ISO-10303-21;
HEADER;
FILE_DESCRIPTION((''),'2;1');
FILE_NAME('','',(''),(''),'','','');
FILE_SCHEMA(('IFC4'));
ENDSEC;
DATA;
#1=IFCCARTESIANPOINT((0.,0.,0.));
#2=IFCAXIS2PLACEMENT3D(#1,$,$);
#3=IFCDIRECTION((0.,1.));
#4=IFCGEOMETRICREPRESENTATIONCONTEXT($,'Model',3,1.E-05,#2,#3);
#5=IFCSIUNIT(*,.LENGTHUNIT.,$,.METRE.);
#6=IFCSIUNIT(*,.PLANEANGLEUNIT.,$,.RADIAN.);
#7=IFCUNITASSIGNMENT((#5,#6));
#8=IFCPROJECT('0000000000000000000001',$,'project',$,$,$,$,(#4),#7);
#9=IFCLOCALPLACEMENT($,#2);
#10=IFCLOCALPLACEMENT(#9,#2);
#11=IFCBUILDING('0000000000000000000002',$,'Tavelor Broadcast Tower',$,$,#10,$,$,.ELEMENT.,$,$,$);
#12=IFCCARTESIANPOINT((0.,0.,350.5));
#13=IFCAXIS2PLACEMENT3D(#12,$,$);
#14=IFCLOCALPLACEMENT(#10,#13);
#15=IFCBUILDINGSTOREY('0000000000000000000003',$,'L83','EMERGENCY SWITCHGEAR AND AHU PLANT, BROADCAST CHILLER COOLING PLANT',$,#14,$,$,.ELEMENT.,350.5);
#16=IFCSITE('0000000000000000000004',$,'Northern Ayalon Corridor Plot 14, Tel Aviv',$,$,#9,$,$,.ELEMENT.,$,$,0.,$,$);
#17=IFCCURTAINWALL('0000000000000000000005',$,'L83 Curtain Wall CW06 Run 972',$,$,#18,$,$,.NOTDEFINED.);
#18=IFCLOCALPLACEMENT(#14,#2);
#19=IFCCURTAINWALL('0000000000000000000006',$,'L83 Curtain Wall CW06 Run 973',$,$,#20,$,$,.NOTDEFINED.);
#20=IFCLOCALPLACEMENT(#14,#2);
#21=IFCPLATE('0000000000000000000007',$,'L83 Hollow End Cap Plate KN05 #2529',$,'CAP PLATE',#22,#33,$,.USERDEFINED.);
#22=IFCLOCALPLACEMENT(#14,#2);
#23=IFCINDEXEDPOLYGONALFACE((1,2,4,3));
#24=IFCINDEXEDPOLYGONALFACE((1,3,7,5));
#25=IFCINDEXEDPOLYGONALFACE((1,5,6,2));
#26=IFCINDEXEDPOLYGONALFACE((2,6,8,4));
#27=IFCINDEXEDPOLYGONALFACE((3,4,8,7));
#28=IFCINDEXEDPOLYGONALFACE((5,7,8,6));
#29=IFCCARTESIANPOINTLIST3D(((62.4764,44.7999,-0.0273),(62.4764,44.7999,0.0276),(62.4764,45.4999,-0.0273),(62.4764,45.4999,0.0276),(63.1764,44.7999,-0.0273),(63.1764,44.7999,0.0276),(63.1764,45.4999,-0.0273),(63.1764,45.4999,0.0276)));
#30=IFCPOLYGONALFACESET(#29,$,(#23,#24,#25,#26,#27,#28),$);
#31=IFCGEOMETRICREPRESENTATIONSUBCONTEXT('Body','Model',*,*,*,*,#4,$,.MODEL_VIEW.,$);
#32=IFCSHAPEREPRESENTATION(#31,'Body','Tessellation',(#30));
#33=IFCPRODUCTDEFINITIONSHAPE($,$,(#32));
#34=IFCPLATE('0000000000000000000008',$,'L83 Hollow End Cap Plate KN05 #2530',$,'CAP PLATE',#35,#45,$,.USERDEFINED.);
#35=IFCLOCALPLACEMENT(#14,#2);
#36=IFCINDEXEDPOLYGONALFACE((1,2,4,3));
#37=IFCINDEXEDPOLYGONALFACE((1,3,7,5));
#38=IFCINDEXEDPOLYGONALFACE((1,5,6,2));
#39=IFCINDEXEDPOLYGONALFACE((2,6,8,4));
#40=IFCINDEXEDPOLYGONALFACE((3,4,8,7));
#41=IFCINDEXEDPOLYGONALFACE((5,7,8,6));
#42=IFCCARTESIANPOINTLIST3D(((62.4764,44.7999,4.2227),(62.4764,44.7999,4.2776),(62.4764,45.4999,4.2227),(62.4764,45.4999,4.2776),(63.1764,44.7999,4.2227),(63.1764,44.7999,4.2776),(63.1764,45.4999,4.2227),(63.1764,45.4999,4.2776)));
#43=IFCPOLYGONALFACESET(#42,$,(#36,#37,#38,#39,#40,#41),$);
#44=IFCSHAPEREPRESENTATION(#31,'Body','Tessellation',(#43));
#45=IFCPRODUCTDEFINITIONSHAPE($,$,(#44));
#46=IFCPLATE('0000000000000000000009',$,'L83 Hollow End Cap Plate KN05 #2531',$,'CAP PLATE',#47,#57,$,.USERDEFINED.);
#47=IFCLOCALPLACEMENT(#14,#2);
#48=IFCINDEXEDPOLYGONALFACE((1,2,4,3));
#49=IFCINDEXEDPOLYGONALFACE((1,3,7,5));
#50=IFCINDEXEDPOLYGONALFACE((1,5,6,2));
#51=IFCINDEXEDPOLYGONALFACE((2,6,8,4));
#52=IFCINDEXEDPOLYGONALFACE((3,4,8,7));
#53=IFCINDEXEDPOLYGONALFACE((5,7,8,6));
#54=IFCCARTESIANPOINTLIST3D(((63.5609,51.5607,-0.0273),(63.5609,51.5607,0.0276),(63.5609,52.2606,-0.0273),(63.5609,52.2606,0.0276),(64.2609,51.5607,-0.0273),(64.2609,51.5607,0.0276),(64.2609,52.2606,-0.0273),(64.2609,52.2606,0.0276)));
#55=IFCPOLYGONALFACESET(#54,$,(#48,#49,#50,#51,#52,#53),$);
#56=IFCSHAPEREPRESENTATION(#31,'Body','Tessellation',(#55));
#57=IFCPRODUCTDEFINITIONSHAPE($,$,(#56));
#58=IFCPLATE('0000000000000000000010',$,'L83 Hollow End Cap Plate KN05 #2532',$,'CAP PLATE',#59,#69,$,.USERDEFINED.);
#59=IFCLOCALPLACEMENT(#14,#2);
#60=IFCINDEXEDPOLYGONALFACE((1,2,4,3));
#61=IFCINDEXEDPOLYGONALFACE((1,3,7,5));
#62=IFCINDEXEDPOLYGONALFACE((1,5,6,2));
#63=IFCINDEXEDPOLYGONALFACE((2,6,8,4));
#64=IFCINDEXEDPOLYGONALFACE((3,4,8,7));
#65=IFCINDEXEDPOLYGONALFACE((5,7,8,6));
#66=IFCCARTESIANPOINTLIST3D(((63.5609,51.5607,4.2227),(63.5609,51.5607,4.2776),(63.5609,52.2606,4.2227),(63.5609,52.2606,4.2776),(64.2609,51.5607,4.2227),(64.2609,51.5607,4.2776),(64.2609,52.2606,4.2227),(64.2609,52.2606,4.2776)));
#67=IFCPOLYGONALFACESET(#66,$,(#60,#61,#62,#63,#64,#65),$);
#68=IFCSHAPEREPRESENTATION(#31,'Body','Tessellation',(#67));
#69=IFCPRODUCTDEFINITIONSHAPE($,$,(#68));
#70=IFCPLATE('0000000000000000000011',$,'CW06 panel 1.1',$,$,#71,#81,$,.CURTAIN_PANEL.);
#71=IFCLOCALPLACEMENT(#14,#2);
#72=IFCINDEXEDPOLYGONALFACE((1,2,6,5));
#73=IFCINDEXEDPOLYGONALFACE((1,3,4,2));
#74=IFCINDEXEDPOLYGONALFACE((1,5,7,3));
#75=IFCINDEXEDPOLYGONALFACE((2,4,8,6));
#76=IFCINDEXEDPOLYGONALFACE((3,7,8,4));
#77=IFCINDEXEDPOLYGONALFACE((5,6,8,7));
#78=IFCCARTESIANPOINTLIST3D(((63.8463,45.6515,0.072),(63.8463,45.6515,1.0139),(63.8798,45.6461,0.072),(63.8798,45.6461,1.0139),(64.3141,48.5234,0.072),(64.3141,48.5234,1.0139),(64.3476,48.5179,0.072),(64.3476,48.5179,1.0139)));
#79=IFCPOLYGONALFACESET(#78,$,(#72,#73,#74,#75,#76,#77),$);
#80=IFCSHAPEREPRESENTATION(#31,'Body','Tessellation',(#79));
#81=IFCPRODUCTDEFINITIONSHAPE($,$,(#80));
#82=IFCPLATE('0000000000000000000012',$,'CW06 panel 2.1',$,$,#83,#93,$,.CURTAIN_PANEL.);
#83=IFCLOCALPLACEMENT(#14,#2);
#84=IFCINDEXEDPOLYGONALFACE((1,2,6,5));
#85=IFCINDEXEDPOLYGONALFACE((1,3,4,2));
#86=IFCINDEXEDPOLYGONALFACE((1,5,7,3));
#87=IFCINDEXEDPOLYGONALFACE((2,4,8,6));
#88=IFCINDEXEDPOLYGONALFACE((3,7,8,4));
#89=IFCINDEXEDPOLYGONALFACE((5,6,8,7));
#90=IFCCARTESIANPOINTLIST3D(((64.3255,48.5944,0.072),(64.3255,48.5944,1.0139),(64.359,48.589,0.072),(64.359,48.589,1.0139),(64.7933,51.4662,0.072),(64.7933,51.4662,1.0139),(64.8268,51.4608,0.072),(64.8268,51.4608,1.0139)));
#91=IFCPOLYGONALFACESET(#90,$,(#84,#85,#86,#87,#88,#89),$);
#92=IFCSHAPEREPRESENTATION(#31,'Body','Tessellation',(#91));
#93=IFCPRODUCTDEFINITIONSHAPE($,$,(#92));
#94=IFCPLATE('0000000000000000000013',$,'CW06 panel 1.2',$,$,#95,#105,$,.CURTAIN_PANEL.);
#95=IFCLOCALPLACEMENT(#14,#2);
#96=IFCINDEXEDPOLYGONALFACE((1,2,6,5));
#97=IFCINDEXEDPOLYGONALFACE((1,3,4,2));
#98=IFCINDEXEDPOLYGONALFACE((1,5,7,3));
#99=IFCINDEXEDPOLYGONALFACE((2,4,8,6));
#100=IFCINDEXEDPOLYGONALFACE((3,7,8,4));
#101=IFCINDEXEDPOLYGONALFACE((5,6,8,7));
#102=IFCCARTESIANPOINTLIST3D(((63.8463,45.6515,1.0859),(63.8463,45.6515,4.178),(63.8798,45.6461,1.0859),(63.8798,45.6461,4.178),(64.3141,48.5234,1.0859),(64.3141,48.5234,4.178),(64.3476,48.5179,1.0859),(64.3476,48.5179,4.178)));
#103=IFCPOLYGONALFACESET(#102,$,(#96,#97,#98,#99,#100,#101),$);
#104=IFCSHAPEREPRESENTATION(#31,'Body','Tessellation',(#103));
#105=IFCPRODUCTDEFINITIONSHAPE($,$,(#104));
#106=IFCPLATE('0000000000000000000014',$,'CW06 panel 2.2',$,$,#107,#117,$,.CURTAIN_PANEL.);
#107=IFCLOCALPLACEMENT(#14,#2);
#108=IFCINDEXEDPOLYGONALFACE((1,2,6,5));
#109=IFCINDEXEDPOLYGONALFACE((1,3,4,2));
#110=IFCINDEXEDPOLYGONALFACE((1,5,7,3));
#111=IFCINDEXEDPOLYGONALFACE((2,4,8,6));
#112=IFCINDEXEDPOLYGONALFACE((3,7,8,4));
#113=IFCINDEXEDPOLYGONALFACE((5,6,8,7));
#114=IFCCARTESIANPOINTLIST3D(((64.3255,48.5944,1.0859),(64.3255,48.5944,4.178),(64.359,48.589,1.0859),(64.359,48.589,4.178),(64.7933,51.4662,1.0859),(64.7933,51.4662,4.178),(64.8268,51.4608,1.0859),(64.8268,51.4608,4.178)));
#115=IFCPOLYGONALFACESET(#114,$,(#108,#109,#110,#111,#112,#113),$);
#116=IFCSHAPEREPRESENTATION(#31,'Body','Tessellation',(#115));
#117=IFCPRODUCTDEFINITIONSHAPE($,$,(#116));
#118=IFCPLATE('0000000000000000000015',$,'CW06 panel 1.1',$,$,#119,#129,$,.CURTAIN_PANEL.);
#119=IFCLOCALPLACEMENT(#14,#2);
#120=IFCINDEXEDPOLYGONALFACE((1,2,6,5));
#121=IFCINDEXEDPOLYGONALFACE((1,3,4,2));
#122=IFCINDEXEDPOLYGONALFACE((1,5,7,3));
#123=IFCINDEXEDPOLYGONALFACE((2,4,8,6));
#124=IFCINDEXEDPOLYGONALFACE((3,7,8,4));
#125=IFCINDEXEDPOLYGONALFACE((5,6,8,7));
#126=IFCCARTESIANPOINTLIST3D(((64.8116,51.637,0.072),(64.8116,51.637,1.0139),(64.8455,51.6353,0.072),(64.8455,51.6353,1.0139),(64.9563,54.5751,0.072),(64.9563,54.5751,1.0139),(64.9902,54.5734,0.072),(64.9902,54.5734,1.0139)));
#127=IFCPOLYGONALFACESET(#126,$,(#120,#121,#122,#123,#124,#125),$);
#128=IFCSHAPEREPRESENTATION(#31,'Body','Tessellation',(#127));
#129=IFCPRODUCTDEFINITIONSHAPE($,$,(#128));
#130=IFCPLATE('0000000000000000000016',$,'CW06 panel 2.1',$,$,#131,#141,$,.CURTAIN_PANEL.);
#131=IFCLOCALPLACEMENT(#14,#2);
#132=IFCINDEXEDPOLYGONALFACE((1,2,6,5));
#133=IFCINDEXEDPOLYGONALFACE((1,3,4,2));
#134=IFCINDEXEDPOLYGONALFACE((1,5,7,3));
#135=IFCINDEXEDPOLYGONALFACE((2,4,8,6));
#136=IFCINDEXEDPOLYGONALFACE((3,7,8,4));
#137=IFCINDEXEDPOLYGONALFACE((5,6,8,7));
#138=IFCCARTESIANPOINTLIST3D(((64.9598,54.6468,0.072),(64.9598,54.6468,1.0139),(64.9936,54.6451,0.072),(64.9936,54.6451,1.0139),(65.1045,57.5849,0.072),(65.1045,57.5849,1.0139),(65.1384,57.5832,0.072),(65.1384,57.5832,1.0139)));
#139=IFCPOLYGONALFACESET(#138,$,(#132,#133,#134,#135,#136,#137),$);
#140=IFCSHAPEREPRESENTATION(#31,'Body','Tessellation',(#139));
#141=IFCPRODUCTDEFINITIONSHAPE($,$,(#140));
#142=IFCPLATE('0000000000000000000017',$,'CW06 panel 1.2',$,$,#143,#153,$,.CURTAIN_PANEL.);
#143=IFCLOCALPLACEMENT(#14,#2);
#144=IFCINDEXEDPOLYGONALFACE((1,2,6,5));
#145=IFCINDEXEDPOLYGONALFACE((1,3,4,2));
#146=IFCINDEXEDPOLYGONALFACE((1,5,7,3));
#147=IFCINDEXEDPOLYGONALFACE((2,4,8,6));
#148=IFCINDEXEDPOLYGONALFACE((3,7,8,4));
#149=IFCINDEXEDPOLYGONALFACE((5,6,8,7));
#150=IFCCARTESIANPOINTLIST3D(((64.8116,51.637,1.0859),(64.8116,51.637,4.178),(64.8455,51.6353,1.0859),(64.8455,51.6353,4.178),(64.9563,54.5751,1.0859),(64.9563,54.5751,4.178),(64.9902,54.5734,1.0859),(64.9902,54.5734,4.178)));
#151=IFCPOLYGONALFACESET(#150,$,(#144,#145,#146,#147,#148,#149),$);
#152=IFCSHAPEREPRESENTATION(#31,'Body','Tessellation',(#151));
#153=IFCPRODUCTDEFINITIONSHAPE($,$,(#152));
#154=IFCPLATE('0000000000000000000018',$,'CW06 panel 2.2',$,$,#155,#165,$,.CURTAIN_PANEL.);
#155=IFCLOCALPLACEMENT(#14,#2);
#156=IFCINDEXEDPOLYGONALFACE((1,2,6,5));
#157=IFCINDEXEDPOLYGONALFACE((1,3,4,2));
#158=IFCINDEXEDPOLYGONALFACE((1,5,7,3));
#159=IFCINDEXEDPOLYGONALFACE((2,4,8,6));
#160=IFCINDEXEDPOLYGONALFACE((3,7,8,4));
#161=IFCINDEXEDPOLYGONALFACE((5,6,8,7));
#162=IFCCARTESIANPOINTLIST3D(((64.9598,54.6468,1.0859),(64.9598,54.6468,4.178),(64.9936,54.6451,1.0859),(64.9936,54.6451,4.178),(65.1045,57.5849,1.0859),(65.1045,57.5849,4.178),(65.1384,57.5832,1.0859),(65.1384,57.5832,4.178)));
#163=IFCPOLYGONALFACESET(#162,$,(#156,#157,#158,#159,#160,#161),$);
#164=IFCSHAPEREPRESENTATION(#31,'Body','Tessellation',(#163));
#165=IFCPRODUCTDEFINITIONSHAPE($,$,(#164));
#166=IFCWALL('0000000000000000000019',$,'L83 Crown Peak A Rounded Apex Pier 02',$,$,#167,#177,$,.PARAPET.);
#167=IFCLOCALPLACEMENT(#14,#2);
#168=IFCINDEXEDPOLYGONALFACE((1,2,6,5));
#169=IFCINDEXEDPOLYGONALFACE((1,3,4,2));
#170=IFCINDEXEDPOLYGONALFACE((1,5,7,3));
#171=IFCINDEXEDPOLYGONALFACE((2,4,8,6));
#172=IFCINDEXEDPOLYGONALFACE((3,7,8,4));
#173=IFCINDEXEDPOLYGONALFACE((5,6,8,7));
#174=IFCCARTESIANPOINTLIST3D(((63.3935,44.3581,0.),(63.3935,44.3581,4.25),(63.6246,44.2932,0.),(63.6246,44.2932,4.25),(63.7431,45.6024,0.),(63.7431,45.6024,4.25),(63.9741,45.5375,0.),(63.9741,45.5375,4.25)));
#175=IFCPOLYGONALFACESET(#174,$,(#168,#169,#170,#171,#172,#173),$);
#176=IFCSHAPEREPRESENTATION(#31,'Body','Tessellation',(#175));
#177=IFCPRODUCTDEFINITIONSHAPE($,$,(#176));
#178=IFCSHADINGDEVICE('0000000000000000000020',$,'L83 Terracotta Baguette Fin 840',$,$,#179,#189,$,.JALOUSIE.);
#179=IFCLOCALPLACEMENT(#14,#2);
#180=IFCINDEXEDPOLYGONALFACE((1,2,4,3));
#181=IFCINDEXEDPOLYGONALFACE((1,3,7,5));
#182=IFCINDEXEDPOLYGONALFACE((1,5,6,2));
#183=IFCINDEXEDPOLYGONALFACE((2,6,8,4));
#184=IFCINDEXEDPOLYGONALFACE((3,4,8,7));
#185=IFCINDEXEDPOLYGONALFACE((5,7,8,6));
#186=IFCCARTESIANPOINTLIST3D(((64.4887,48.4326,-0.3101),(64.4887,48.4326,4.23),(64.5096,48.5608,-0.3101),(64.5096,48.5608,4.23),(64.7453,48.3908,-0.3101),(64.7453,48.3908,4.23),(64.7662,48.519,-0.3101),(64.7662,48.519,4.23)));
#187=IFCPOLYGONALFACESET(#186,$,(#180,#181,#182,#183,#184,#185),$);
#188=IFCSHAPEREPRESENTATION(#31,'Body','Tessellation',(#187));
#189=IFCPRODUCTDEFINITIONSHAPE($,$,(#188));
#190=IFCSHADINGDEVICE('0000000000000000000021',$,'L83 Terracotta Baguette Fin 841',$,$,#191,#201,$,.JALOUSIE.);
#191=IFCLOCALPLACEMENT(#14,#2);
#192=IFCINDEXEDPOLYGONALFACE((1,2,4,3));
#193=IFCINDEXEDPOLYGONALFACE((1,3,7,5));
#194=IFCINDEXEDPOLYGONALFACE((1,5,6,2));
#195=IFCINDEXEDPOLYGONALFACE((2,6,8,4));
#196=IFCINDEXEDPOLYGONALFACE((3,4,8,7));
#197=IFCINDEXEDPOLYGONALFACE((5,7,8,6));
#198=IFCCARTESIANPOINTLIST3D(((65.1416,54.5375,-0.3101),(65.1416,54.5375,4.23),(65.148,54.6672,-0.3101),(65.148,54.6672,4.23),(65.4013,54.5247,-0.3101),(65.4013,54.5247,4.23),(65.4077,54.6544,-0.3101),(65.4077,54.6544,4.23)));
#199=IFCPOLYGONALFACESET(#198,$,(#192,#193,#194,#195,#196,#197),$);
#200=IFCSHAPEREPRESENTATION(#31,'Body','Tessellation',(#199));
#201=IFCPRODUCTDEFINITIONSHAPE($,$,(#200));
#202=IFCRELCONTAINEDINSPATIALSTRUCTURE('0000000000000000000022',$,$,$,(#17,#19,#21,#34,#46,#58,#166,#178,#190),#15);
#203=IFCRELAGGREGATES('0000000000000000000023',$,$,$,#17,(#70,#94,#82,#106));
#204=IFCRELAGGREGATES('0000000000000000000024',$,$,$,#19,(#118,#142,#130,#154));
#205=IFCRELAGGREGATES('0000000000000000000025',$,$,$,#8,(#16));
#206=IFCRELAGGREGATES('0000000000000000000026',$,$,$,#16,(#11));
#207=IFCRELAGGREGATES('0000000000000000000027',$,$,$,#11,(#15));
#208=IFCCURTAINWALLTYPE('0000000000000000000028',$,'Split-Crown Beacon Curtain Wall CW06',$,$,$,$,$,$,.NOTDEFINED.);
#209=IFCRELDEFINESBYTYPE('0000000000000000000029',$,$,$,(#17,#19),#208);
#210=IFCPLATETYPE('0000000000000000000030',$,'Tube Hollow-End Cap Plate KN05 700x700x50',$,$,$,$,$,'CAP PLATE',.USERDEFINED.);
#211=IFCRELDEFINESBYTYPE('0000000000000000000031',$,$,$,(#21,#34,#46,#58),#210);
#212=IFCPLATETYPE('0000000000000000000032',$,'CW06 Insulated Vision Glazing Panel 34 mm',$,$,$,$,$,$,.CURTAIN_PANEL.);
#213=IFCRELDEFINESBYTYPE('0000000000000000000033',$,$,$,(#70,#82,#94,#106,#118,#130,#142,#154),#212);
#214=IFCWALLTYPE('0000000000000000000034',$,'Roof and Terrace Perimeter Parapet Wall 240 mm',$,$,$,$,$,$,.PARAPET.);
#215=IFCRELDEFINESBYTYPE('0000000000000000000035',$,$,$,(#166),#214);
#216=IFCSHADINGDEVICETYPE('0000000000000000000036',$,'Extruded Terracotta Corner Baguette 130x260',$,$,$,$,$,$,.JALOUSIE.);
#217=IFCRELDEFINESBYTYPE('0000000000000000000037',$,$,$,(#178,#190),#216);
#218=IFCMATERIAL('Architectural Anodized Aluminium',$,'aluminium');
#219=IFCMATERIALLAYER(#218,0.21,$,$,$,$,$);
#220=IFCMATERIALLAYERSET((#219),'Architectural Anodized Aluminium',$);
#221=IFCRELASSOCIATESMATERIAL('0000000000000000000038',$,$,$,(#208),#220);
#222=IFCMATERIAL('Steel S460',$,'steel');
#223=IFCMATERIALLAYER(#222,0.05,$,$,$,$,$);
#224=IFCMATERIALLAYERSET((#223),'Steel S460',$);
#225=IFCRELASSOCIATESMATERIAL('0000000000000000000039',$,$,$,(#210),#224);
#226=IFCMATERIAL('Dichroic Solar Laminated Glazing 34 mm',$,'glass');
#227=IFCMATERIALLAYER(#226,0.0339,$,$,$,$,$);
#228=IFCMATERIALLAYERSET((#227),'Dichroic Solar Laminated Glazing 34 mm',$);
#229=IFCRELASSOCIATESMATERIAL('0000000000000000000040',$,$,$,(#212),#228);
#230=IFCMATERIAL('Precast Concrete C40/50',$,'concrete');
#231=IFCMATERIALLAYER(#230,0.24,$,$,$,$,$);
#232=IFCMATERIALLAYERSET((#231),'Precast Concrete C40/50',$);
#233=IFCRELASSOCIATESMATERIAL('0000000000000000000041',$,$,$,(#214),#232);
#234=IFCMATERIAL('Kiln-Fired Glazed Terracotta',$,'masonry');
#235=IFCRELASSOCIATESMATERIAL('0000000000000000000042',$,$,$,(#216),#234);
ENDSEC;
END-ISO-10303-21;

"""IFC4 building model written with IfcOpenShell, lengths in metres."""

from ifc_helpers import new_model, si_unit, direction, frame, frame_2d, origin, origin_2d, place, context, subcontext, project, spatial, rectangle, extrude, source, transform, mapped, material, layer, layer_set, type_object, type_shapes, element, aggregate, save


model = new_model("IFC4")

# Units and contexts
model_context = context("Model", 3, precision=1e-05, world=origin(), true_north=direction((0.0, 1.0)))
body_context = subcontext(model_context, "Body", "Model", "MODEL_VIEW")
ifc_project = project(units=[si_unit("LENGTHUNIT", "METRE"), si_unit("PLANEANGLEUNIT", "RADIAN")], contexts=[model_context])

# Site, building, storey
site_placement = place(None, origin())
site = spatial("IfcSite", under=ifc_project, at=site_placement, Name="Northern Ayalon Corridor Plot 14, Tel Aviv", CompositionType="ELEMENT", RefElevation=0.0)
building_placement = place(site_placement, origin())
building = spatial("IfcBuilding", under=site, at=building_placement, Name="Tavelor Broadcast Tower", CompositionType="ELEMENT")
storey_placement = place(building_placement, frame((0.0, 0.0, 350.5)))
storey = spatial("IfcBuildingStorey", under=building, at=storey_placement, Name="L83", Description="EMERGENCY SWITCHGEAR AND AHU PLANT, BROADCAST CHILLER COOLING PLANT", CompositionType="ELEMENT", Elevation=350.5)

# Curtain walls
ifc_material_1 = material(Name="Architectural Anodized Aluminium", Category="aluminium")
ifc_layer_1 = layer(ifc_material_1, 0.21)
ifc_layer_set_1 = layer_set([ifc_layer_1], Name="Architectural Anodized Aluminium")
curtain_wall_type = type_object("IfcCurtainWallType", Name="Split-Crown Beacon Curtain Wall CW06", PredefinedType="NOTDEFINED", material=ifc_layer_set_1)
curtain_wall_1_placement = place(storey_placement, origin())
curtain_wall_1 = element("IfcCurtainWall", 1, at=curtain_wall_1_placement, inside=storey, type_object=curtain_wall_type, Name="L83 Curtain Wall CW06 Run 972", PredefinedType="NOTDEFINED")
curtain_wall_2_placement = place(storey_placement, origin())
curtain_wall_2 = element("IfcCurtainWall", 2, at=curtain_wall_2_placement, inside=storey, type_object=curtain_wall_type, Name="L83 Curtain Wall CW06 Run 973", PredefinedType="NOTDEFINED")

# Plates
ifc_material_2 = material(Name="Steel S460", Category="steel")
ifc_layer_2 = layer(ifc_material_2, 0.05)
ifc_layer_set_2 = layer_set([ifc_layer_2], Name="Steel S460")
plate_type_1 = type_object("IfcPlateType", Name="Tube Hollow-End Cap Plate KN05 700x700x50", ElementType="CAP PLATE", PredefinedType="USERDEFINED", material=ifc_layer_set_2)
shared_shape_1 = source(origin(), body_context, "Body", "SweptSolid", [
    extrude(rectangle(XDim=0.7, YDim=0.7, at=origin_2d()), origin(), (0.0, 0.0, 1.0), 0.0549),
])
type_shapes(plate_type_1, [shared_shape_1])
for number, where, z_axis, x_axis, name in (
    (3, (62.8264, 45.1499, -0.0273), (0.0, 0.0, 1.0), (1.0, 0.0, 0.0), "L83 Hollow End Cap Plate KN05 #2529"),
    (4, (62.8264, 45.1499, 4.2227), (0.0, 0.0, 1.0), (1.0, 0.0, 0.0), "L83 Hollow End Cap Plate KN05 #2530"),
    (5, (63.9109, 51.9106, -0.0273), (0.0, 0.0, 1.0), (1.0, 0.0, 0.0), "L83 Hollow End Cap Plate KN05 #2531"),
    (6, (63.9109, 51.9106, 4.2227), (0.0, 0.0, 1.0), (1.0, 0.0, 0.0), "L83 Hollow End Cap Plate KN05 #2532"),
):
    element("IfcPlate", number, at=place(storey_placement, frame(where, z_axis=z_axis, x_axis=x_axis)), inside=storey, type_object=plate_type_1, Name=name, ObjectType="CAP PLATE", PredefinedType="USERDEFINED", context=body_context, shape_type="MappedRepresentation", body=[
        mapped(shared_shape_1, transform((0.0, 0.0, 0.0), scale=1.0)),
    ])

# Plates
ifc_material_3 = material(Name="Dichroic Solar Laminated Glazing 34 mm", Category="glass")
ifc_layer_3 = layer(ifc_material_3, 0.0339)
ifc_layer_set_3 = layer_set([ifc_layer_3], Name="Dichroic Solar Laminated Glazing 34 mm")
plate_type_2 = type_object("IfcPlateType", Name="CW06 Insulated Vision Glazing Panel 34 mm", PredefinedType="CURTAIN_PANEL", material=ifc_layer_set_3)
shared_shape_2 = source(origin(), body_context, "Body", "SweptSolid", [
    extrude(rectangle(XDim=2.9097, YDim=0.0339, at=origin_2d()), origin(), (0.0, 0.0, 1.0), 0.9419),
])
plate_1_placement = place(storey_placement, frame((64.0969, 47.0847, 0.072), z_axis=(0.0, 0.0, 1.0), x_axis=(0.160773, 0.986991, 0.0)))
plate_1 = element("IfcPlate", 7, at=plate_1_placement, type_object=plate_type_2, Name="CW06 panel 1.1", PredefinedType="CURTAIN_PANEL", context=body_context, shape_type="MappedRepresentation", body=[
    mapped(shared_shape_2, transform((0.0, 0.0, 0.0), scale=1.0)),
])
plate_2_placement = place(storey_placement, frame((64.5762, 50.0276, 0.072), z_axis=(0.0, 0.0, 1.0), x_axis=(0.160773, 0.986991, 0.0)))
plate_2 = element("IfcPlate", 8, at=plate_2_placement, type_object=plate_type_2, Name="CW06 panel 2.1", PredefinedType="CURTAIN_PANEL", context=body_context, shape_type="MappedRepresentation", body=[
    mapped(shared_shape_2, transform((0.0, 0.0, 0.0), scale=1.0)),
])
shared_shape_3 = source(origin(), body_context, "Body", "SweptSolid", [
    extrude(rectangle(XDim=2.9097, YDim=0.0339, at=origin_2d()), origin(), (0.0, 0.0, 1.0), 3.092),
])
plate_3_placement = place(storey_placement, frame((64.0969, 47.0847, 1.0859), z_axis=(0.0, 0.0, 1.0), x_axis=(0.160773, 0.986991, 0.0)))
plate_3 = element("IfcPlate", 9, at=plate_3_placement, type_object=plate_type_2, Name="CW06 panel 1.2", PredefinedType="CURTAIN_PANEL", context=body_context, shape_type="MappedRepresentation", body=[
    mapped(shared_shape_3, transform((0.0, 0.0, 0.0), scale=1.0)),
])
plate_4_placement = place(storey_placement, frame((64.5762, 50.0276, 1.0859), z_axis=(0.0, 0.0, 1.0), x_axis=(0.160773, 0.986991, 0.0)))
plate_4 = element("IfcPlate", 10, at=plate_4_placement, type_object=plate_type_2, Name="CW06 panel 2.2", PredefinedType="CURTAIN_PANEL", context=body_context, shape_type="MappedRepresentation", body=[
    mapped(shared_shape_3, transform((0.0, 0.0, 0.0), scale=1.0)),
])
aggregate(curtain_wall_1, [plate_1, plate_3, plate_2, plate_4])
shared_shape_4 = source(origin(), body_context, "Body", "SweptSolid", [
    extrude(rectangle(XDim=2.9417, YDim=0.0339, at=origin_2d()), origin(), (0.0, 0.0, 1.0), 0.9419),
])
plate_5_placement = place(storey_placement, frame((64.9009, 53.1052, 0.072), z_axis=(0.0, 0.0, 1.0), x_axis=(0.049204, 0.998789, 0.0)))
plate_5 = element("IfcPlate", 11, at=plate_5_placement, type_object=plate_type_2, Name="CW06 panel 1.1", PredefinedType="CURTAIN_PANEL", context=body_context, shape_type="MappedRepresentation", body=[
    mapped(shared_shape_4, transform((0.0, 0.0, 0.0), scale=1.0)),
])
plate_6_placement = place(storey_placement, frame((65.0491, 56.115, 0.072), z_axis=(0.0, 0.0, 1.0), x_axis=(0.049204, 0.998789, 0.0)))
plate_6 = element("IfcPlate", 12, at=plate_6_placement, type_object=plate_type_2, Name="CW06 panel 2.1", PredefinedType="CURTAIN_PANEL", context=body_context, shape_type="MappedRepresentation", body=[
    mapped(shared_shape_4, transform((0.0, 0.0, 0.0), scale=1.0)),
])
shared_shape_5 = source(origin(), body_context, "Body", "SweptSolid", [
    extrude(rectangle(XDim=2.9417, YDim=0.0339, at=origin_2d()), origin(), (0.0, 0.0, 1.0), 3.092),
])
type_shapes(plate_type_2, [shared_shape_2, shared_shape_3, shared_shape_4, shared_shape_5])
plate_7_placement = place(storey_placement, frame((64.9009, 53.1052, 1.0859), z_axis=(0.0, 0.0, 1.0), x_axis=(0.049204, 0.998789, 0.0)))
plate_7 = element("IfcPlate", 13, at=plate_7_placement, type_object=plate_type_2, Name="CW06 panel 1.2", PredefinedType="CURTAIN_PANEL", context=body_context, shape_type="MappedRepresentation", body=[
    mapped(shared_shape_5, transform((0.0, 0.0, 0.0), scale=1.0)),
])
plate_8_placement = place(storey_placement, frame((65.0491, 56.115, 1.0859), z_axis=(0.0, 0.0, 1.0), x_axis=(0.049204, 0.998789, 0.0)))
plate_8 = element("IfcPlate", 14, at=plate_8_placement, type_object=plate_type_2, Name="CW06 panel 2.2", PredefinedType="CURTAIN_PANEL", context=body_context, shape_type="MappedRepresentation", body=[
    mapped(shared_shape_5, transform((0.0, 0.0, 0.0), scale=1.0)),
])
aggregate(curtain_wall_2, [plate_5, plate_7, plate_6, plate_8])

# Wall
ifc_material_4 = material(Name="Precast Concrete C40/50", Category="concrete")
ifc_layer_4 = layer(ifc_material_4, 0.24)
ifc_layer_set_4 = layer_set([ifc_layer_4], Name="Precast Concrete C40/50")
wall_type = type_object("IfcWallType", Name="Roof and Terrace Perimeter Parapet Wall 240 mm", PredefinedType="PARAPET", material=ifc_layer_set_4)
wall_placement = place(storey_placement, frame((63.509, 44.3257, 0.0), z_axis=(0.0, 0.0, 1.0), x_axis=(0.270478, 0.962726, 0.0)))
element("IfcWall", 15, at=wall_placement, inside=storey, type_object=wall_type, Name="L83 Crown Peak A Rounded Apex Pier 02", PredefinedType="PARAPET", context=body_context, shape_type="SweptSolid", body=[
    extrude(rectangle(XDim=1.2925, YDim=0.24, at=frame_2d((0.6462, 0.0))), origin(), (0.0, 0.0, 1.0), 4.25),
])

# Shading devices
ifc_material_5 = material(Name="Kiln-Fired Glazed Terracotta", Category="masonry")
shading_device_type = type_object("IfcShadingDeviceType", Name="Extruded Terracotta Corner Baguette 130x260", PredefinedType="JALOUSIE", material=ifc_material_5)
shared_shape_6 = source(origin(), body_context, "Body", "SweptSolid", [
    extrude(rectangle(XDim=0.1299, YDim=0.26, at=origin_2d()), origin(), (0.0, 0.0, 1.0), 4.54),
])
type_shapes(shading_device_type, [shared_shape_6])
for number, where, z_axis, x_axis, name in (
    (16, (64.6274, 48.4758, -0.3101), (0.0, 0.0, 1.0), (0.160743, 0.986996, 0.0), "L83 Terracotta Baguette Fin 840"),
    (17, (65.2747, 54.5959, -0.3101), (0.0, 0.0, 1.0), (0.049198, 0.998789, 0.0), "L83 Terracotta Baguette Fin 841"),
):
    element("IfcShadingDevice", number, at=place(storey_placement, frame(where, z_axis=z_axis, x_axis=x_axis)), inside=storey, type_object=shading_device_type, Name=name, PredefinedType="JALOUSIE", context=body_context, shape_type="MappedRepresentation", body=[
        mapped(shared_shape_6, transform((0.0, 0.0, 0.0), scale=1.0)),
    ])

save(model, "model.ifc")
